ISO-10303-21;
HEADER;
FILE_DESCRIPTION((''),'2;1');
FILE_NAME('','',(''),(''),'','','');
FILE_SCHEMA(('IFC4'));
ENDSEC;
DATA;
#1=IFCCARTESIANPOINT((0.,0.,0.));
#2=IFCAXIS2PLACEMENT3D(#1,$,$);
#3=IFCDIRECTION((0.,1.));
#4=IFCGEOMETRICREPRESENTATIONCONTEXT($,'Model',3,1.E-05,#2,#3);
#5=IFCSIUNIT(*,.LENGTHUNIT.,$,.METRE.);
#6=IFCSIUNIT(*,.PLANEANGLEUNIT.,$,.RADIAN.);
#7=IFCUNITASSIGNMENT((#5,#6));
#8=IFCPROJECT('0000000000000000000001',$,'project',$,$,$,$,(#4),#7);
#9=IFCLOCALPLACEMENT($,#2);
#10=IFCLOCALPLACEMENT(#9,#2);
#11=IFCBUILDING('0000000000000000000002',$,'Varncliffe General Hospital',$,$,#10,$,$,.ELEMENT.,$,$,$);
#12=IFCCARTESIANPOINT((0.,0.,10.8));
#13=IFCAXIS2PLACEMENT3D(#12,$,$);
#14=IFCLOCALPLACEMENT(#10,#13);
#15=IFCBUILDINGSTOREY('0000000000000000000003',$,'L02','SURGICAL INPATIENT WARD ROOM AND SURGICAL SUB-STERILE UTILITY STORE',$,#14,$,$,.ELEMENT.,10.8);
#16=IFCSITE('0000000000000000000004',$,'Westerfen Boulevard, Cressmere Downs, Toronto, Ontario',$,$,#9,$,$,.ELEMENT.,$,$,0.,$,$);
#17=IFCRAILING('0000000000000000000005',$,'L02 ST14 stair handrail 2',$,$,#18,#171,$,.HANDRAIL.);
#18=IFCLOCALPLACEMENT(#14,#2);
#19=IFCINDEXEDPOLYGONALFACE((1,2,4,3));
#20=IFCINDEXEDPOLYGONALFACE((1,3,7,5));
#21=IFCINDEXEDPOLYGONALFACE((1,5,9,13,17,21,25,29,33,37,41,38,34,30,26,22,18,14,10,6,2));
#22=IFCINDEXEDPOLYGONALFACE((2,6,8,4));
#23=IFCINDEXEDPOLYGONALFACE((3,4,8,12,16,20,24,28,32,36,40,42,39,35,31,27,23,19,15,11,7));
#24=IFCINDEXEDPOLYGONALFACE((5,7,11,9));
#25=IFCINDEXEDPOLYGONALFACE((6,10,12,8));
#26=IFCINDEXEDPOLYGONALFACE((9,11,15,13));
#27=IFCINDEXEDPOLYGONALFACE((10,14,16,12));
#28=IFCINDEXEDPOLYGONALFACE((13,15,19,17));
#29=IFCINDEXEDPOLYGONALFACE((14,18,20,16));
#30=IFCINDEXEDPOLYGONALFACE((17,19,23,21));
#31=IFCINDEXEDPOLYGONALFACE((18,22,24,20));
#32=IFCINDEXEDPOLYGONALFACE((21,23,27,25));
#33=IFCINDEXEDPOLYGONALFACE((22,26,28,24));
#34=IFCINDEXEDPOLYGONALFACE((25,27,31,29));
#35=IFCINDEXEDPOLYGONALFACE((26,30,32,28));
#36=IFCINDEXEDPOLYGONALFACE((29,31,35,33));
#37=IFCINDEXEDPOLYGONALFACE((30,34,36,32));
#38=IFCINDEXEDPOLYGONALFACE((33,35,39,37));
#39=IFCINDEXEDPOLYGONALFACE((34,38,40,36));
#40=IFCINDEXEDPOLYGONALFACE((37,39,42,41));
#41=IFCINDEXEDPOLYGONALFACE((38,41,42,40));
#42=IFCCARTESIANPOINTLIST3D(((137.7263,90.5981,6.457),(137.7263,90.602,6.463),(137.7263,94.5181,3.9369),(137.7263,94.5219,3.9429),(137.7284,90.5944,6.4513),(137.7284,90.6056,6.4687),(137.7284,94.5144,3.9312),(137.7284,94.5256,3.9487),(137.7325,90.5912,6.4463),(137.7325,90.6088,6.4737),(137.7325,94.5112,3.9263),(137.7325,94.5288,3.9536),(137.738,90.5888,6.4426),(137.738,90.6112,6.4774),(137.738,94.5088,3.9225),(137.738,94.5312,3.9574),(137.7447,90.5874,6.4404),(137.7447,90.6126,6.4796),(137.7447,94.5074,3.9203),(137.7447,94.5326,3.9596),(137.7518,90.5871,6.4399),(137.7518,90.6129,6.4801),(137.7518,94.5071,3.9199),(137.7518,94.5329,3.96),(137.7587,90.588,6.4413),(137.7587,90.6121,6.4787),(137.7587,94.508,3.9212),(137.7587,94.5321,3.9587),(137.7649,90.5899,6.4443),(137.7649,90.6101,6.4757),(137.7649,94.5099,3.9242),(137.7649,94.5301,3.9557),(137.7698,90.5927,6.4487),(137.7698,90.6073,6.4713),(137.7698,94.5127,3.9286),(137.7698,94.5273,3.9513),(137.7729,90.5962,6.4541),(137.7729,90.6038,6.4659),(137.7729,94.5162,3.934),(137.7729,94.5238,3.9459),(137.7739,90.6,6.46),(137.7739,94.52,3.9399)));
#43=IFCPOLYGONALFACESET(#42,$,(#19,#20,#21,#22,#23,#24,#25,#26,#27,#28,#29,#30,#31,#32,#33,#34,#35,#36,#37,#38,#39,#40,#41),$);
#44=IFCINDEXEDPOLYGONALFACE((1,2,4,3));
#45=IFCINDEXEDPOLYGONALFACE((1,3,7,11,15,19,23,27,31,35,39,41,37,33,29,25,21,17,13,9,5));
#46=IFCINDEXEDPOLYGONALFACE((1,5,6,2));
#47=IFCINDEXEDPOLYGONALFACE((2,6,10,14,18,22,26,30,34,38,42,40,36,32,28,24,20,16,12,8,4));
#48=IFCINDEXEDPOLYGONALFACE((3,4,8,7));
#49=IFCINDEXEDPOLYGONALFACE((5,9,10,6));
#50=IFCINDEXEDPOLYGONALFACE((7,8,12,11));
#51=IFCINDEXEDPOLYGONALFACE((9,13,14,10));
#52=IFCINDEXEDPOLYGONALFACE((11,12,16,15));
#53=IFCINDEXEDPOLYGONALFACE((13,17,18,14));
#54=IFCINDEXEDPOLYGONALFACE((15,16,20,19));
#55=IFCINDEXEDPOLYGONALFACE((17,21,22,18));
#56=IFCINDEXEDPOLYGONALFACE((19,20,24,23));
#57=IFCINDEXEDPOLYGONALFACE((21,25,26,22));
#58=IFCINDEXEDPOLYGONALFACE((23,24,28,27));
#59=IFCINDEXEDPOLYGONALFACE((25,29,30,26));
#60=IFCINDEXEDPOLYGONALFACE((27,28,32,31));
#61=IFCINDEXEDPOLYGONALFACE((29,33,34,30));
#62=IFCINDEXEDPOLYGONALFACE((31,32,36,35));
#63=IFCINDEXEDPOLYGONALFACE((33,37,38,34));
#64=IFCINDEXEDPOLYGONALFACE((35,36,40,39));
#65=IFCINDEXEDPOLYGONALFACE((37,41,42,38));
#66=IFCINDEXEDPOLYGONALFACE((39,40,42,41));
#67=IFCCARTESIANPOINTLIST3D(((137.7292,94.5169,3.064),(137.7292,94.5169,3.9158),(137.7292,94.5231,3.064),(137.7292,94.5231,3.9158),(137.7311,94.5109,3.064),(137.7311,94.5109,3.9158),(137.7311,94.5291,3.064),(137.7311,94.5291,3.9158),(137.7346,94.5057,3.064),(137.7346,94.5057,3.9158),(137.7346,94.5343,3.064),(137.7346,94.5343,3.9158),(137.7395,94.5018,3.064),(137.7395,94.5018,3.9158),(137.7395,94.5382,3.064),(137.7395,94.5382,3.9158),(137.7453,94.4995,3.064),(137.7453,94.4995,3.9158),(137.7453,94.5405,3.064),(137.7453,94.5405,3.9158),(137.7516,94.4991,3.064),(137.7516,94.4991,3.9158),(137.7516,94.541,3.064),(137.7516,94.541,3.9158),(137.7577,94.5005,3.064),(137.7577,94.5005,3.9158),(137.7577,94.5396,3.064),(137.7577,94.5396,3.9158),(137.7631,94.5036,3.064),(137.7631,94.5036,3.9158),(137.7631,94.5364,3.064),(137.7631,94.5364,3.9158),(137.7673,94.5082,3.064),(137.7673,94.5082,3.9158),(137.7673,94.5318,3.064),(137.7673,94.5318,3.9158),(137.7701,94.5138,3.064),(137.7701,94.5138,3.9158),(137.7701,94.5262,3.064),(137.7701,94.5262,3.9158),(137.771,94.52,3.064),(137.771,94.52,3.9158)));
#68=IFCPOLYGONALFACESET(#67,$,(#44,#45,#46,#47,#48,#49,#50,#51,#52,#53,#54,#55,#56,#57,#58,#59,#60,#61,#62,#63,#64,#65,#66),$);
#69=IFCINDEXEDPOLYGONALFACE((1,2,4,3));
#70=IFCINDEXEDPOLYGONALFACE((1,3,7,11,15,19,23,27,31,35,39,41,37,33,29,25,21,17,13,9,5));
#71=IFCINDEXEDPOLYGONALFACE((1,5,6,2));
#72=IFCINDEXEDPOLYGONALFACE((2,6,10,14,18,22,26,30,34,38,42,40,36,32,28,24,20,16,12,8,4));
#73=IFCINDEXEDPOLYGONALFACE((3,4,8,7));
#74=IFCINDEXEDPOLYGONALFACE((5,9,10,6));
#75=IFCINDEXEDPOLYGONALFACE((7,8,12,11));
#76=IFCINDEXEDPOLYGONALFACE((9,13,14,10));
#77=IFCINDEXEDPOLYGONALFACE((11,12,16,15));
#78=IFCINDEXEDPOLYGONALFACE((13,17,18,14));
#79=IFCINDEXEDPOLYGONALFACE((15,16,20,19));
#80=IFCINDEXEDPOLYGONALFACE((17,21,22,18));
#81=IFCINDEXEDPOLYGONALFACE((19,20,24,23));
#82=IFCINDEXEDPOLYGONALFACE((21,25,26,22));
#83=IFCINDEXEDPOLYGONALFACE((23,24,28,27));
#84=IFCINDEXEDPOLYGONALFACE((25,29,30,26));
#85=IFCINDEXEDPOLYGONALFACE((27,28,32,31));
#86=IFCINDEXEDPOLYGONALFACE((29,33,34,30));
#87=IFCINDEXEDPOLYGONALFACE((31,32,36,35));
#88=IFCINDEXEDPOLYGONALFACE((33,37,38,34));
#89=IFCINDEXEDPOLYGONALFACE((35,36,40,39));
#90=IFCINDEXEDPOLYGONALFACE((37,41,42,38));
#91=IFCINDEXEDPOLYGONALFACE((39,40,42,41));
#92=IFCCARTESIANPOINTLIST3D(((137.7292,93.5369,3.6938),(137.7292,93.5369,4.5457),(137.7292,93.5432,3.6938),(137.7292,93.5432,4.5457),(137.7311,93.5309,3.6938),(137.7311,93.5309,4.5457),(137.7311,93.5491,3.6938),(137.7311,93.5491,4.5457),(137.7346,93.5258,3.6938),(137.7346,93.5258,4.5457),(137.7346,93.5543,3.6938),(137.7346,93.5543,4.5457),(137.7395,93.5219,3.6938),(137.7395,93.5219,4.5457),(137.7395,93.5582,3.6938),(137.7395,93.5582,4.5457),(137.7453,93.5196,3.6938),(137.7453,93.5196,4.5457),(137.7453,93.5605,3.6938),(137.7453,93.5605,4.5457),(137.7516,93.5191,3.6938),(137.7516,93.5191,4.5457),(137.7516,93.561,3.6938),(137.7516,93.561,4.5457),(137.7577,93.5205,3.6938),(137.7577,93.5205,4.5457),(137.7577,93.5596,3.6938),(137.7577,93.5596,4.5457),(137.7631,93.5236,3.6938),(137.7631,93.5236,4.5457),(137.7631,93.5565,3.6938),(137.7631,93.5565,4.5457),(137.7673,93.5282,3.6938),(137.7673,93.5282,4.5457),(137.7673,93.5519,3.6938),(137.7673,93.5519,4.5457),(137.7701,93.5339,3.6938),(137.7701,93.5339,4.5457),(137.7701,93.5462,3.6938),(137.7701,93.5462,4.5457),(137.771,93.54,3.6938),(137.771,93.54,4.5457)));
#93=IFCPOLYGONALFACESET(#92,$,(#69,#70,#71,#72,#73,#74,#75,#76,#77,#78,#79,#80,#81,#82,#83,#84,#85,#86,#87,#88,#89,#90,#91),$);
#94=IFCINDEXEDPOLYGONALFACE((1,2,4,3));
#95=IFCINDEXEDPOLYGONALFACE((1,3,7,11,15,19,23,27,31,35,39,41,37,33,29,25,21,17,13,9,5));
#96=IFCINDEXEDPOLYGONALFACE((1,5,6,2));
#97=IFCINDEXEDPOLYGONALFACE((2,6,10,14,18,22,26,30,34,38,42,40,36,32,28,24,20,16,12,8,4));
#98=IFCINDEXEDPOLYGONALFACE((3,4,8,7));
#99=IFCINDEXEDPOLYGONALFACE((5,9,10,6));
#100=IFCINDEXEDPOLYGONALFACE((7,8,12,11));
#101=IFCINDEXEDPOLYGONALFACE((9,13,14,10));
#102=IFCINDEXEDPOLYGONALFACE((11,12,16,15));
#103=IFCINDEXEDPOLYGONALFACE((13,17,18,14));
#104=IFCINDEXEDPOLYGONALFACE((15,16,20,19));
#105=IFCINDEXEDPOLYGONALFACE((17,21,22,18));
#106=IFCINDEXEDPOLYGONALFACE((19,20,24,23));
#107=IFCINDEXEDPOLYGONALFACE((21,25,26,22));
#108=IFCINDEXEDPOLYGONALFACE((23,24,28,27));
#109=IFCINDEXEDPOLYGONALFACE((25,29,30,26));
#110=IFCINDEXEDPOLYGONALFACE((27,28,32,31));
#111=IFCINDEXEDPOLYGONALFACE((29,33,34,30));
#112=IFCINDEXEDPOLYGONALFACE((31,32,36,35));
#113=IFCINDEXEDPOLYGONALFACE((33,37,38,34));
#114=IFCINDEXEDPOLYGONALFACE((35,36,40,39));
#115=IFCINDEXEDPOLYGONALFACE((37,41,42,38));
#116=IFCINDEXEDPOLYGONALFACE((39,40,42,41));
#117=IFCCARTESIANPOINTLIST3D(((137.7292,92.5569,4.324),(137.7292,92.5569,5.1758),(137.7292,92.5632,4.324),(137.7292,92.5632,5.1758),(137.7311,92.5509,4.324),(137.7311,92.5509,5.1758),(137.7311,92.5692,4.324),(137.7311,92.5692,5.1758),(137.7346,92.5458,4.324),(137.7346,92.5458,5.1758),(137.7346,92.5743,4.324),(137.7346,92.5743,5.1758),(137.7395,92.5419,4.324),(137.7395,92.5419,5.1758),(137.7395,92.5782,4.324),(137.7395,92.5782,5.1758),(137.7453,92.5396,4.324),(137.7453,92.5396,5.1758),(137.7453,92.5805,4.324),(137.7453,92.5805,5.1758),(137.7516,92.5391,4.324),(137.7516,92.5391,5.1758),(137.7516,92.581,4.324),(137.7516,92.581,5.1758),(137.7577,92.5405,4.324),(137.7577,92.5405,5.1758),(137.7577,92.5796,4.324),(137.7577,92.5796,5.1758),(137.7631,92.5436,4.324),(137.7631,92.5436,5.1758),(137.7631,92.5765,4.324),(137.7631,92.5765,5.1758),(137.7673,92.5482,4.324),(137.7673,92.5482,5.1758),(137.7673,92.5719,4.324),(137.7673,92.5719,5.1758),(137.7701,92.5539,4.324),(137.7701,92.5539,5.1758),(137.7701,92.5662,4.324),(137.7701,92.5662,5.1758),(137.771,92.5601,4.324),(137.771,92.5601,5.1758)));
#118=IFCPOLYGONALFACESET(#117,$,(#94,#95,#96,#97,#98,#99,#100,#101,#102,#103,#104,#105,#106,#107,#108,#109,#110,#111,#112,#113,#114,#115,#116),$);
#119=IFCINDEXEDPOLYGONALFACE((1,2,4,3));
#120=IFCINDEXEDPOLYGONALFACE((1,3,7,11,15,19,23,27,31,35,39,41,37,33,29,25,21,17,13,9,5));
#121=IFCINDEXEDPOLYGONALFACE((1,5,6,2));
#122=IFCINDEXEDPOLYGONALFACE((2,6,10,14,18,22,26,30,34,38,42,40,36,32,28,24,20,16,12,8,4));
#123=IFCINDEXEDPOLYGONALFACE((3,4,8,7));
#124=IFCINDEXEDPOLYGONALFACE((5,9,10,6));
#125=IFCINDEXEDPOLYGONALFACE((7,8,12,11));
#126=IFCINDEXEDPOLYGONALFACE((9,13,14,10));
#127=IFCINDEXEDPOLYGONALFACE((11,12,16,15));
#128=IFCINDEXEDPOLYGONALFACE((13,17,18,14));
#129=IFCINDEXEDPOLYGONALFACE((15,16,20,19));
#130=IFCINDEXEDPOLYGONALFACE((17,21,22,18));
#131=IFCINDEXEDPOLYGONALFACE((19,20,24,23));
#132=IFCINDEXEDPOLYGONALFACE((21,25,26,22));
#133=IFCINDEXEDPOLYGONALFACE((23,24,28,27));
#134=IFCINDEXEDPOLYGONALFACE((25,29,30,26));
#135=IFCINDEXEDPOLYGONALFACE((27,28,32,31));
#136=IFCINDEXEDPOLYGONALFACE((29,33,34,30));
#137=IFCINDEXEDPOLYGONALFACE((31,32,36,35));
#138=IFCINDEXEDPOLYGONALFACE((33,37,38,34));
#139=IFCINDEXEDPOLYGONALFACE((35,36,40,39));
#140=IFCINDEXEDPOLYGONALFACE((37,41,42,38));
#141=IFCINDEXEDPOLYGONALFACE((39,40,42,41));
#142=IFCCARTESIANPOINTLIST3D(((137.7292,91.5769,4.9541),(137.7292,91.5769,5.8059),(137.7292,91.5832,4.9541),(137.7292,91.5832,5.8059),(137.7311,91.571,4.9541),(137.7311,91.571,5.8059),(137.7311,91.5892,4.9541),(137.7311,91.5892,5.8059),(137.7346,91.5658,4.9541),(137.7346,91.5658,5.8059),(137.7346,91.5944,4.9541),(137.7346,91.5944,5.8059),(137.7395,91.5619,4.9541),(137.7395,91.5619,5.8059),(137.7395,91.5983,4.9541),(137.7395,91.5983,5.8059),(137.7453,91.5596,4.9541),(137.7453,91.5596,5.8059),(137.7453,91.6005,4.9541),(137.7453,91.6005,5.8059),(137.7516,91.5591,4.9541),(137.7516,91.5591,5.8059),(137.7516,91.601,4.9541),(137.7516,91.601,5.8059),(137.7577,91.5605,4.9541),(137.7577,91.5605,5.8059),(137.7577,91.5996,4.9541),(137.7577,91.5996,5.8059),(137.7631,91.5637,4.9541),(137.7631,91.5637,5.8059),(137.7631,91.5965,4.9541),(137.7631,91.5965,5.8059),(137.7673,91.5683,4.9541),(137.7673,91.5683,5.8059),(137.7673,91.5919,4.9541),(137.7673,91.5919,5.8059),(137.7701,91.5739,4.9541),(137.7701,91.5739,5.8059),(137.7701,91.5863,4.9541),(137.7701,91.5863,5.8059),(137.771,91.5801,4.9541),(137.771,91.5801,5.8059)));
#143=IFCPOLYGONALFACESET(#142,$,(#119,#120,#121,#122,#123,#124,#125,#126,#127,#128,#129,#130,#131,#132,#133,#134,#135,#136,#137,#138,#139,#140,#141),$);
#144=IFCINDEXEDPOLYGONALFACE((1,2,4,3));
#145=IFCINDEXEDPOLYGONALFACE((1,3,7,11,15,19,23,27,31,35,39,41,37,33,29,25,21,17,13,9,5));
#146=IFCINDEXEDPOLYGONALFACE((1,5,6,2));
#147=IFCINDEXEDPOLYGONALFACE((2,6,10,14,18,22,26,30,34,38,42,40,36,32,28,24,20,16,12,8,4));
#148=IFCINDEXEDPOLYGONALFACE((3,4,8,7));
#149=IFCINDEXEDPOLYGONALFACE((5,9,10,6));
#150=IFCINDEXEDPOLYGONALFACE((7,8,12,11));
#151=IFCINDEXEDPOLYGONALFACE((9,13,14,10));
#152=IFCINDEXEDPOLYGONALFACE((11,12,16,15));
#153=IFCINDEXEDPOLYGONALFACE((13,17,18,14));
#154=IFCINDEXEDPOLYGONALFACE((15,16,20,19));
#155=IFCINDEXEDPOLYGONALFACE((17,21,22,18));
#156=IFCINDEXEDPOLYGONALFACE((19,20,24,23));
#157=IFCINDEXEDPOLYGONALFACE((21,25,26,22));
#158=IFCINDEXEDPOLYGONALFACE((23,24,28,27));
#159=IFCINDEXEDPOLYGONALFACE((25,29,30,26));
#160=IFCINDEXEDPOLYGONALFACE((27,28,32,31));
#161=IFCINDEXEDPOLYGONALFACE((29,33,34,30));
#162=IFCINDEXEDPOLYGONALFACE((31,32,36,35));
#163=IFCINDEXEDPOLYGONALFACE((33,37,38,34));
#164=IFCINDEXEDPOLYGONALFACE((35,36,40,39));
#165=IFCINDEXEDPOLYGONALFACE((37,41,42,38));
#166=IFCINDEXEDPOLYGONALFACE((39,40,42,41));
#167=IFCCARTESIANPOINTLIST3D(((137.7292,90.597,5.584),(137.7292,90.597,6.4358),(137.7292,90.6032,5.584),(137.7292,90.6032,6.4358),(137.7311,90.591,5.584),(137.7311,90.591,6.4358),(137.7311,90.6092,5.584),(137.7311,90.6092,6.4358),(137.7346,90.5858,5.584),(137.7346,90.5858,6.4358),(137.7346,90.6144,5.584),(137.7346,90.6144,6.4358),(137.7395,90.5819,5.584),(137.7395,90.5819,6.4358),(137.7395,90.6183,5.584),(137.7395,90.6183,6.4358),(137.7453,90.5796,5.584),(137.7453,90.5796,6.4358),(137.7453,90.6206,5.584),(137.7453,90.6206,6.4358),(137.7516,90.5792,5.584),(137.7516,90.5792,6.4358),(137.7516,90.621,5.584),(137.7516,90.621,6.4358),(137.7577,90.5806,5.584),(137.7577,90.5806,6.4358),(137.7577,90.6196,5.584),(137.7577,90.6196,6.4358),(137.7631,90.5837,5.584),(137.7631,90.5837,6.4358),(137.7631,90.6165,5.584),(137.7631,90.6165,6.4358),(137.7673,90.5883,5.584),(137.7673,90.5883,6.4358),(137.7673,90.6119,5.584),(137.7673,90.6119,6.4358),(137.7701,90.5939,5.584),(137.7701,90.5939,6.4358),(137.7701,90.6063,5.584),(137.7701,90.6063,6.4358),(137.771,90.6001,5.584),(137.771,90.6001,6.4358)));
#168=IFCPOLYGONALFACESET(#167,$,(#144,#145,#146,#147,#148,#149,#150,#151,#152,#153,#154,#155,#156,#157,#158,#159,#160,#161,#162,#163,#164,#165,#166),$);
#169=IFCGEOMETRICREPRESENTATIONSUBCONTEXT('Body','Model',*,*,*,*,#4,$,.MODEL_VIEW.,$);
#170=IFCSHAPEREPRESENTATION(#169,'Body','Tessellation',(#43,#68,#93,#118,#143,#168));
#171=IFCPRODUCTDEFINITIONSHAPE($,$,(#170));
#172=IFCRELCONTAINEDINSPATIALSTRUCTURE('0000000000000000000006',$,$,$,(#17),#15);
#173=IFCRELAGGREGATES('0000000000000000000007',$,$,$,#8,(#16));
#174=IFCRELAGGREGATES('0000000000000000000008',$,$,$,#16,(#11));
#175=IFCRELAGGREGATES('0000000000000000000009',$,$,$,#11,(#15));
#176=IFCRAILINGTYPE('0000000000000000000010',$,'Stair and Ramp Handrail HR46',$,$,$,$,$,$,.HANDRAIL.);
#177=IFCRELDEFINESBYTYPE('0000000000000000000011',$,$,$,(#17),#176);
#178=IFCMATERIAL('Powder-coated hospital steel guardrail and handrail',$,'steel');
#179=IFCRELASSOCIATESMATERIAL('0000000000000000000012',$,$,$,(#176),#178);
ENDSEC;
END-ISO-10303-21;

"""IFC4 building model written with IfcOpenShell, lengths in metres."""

from ifc_helpers import new_model, si_unit, direction, frame, origin, origin_2d, place, context, subcontext, project, spatial, circle, extrude, material, type_object, element, save


model = new_model("IFC4")

# Units and contexts
model_context = context("Model", 3, precision=1e-05, world=origin(), true_north=direction((0.0, 1.0)))
body_context = subcontext(model_context, "Body", "Model", "MODEL_VIEW")
ifc_project = project(units=[si_unit("LENGTHUNIT", "METRE"), si_unit("PLANEANGLEUNIT", "RADIAN")], contexts=[model_context])

# Site, building, storey
site_placement = place(None, origin())
site = spatial("IfcSite", under=ifc_project, at=site_placement, Name="Westerfen Boulevard, Cressmere Downs, Toronto, Ontario", CompositionType="ELEMENT", RefElevation=0.0)
building_placement = place(site_placement, origin())
building = spatial("IfcBuilding", under=site, at=building_placement, Name="Varncliffe General Hospital", CompositionType="ELEMENT")
storey_placement = place(building_placement, frame((0.0, 0.0, 10.8)))
storey = spatial("IfcBuildingStorey", under=building, at=storey_placement, Name="L02", Description="SURGICAL INPATIENT WARD ROOM AND SURGICAL SUB-STERILE UTILITY STORE", CompositionType="ELEMENT", Elevation=10.8)

# Railing
ifc_material_1 = material(Name="Powder-coated hospital steel guardrail and handrail", Category="steel")
railing_type_1 = type_object("IfcRailingType", Name="Stair and Ramp Handrail HR46", PredefinedType="HANDRAIL", material=ifc_material_1)
railing_1_placement = place(storey_placement, frame((137.75, 94.52, 3.064)))
element("IfcRailing", 1, at=railing_1_placement, inside=storey, type_object=railing_type_1, Name="L02 ST14 stair handrail 2", PredefinedType="HANDRAIL", context=body_context, shape_type="SweptSolid", body=[
    extrude(circle(Radius=0.0239, at=origin_2d()), frame((0.0, 0.0, 0.876), z_axis=(0.0, -0.841172, 0.540768), x_axis=(1.0, 0.0, 0.0)), (0.0, 0.0, 1.0), 4.6602),
    extrude(circle(Radius=0.021, at=origin_2d()), origin(), (0.0, 0.0, 1.0), 0.8518),
    extrude(circle(Radius=0.021, at=origin_2d()), frame((0.0, -0.98, 0.6299)), (0.0, 0.0, 1.0), 0.8518),
    extrude(circle(Radius=0.021, at=origin_2d()), frame((0.0, -1.96, 1.26)), (0.0, 0.0, 1.0), 0.8518),
    extrude(circle(Radius=0.021, at=origin_2d()), frame((0.0, -2.9399, 1.8901)), (0.0, 0.0, 1.0), 0.8518),
    extrude(circle(Radius=0.021, at=origin_2d()), frame((0.0, -3.9199, 2.52)), (0.0, 0.0, 1.0), 0.8518),
])

save(model, "model.ifc")
